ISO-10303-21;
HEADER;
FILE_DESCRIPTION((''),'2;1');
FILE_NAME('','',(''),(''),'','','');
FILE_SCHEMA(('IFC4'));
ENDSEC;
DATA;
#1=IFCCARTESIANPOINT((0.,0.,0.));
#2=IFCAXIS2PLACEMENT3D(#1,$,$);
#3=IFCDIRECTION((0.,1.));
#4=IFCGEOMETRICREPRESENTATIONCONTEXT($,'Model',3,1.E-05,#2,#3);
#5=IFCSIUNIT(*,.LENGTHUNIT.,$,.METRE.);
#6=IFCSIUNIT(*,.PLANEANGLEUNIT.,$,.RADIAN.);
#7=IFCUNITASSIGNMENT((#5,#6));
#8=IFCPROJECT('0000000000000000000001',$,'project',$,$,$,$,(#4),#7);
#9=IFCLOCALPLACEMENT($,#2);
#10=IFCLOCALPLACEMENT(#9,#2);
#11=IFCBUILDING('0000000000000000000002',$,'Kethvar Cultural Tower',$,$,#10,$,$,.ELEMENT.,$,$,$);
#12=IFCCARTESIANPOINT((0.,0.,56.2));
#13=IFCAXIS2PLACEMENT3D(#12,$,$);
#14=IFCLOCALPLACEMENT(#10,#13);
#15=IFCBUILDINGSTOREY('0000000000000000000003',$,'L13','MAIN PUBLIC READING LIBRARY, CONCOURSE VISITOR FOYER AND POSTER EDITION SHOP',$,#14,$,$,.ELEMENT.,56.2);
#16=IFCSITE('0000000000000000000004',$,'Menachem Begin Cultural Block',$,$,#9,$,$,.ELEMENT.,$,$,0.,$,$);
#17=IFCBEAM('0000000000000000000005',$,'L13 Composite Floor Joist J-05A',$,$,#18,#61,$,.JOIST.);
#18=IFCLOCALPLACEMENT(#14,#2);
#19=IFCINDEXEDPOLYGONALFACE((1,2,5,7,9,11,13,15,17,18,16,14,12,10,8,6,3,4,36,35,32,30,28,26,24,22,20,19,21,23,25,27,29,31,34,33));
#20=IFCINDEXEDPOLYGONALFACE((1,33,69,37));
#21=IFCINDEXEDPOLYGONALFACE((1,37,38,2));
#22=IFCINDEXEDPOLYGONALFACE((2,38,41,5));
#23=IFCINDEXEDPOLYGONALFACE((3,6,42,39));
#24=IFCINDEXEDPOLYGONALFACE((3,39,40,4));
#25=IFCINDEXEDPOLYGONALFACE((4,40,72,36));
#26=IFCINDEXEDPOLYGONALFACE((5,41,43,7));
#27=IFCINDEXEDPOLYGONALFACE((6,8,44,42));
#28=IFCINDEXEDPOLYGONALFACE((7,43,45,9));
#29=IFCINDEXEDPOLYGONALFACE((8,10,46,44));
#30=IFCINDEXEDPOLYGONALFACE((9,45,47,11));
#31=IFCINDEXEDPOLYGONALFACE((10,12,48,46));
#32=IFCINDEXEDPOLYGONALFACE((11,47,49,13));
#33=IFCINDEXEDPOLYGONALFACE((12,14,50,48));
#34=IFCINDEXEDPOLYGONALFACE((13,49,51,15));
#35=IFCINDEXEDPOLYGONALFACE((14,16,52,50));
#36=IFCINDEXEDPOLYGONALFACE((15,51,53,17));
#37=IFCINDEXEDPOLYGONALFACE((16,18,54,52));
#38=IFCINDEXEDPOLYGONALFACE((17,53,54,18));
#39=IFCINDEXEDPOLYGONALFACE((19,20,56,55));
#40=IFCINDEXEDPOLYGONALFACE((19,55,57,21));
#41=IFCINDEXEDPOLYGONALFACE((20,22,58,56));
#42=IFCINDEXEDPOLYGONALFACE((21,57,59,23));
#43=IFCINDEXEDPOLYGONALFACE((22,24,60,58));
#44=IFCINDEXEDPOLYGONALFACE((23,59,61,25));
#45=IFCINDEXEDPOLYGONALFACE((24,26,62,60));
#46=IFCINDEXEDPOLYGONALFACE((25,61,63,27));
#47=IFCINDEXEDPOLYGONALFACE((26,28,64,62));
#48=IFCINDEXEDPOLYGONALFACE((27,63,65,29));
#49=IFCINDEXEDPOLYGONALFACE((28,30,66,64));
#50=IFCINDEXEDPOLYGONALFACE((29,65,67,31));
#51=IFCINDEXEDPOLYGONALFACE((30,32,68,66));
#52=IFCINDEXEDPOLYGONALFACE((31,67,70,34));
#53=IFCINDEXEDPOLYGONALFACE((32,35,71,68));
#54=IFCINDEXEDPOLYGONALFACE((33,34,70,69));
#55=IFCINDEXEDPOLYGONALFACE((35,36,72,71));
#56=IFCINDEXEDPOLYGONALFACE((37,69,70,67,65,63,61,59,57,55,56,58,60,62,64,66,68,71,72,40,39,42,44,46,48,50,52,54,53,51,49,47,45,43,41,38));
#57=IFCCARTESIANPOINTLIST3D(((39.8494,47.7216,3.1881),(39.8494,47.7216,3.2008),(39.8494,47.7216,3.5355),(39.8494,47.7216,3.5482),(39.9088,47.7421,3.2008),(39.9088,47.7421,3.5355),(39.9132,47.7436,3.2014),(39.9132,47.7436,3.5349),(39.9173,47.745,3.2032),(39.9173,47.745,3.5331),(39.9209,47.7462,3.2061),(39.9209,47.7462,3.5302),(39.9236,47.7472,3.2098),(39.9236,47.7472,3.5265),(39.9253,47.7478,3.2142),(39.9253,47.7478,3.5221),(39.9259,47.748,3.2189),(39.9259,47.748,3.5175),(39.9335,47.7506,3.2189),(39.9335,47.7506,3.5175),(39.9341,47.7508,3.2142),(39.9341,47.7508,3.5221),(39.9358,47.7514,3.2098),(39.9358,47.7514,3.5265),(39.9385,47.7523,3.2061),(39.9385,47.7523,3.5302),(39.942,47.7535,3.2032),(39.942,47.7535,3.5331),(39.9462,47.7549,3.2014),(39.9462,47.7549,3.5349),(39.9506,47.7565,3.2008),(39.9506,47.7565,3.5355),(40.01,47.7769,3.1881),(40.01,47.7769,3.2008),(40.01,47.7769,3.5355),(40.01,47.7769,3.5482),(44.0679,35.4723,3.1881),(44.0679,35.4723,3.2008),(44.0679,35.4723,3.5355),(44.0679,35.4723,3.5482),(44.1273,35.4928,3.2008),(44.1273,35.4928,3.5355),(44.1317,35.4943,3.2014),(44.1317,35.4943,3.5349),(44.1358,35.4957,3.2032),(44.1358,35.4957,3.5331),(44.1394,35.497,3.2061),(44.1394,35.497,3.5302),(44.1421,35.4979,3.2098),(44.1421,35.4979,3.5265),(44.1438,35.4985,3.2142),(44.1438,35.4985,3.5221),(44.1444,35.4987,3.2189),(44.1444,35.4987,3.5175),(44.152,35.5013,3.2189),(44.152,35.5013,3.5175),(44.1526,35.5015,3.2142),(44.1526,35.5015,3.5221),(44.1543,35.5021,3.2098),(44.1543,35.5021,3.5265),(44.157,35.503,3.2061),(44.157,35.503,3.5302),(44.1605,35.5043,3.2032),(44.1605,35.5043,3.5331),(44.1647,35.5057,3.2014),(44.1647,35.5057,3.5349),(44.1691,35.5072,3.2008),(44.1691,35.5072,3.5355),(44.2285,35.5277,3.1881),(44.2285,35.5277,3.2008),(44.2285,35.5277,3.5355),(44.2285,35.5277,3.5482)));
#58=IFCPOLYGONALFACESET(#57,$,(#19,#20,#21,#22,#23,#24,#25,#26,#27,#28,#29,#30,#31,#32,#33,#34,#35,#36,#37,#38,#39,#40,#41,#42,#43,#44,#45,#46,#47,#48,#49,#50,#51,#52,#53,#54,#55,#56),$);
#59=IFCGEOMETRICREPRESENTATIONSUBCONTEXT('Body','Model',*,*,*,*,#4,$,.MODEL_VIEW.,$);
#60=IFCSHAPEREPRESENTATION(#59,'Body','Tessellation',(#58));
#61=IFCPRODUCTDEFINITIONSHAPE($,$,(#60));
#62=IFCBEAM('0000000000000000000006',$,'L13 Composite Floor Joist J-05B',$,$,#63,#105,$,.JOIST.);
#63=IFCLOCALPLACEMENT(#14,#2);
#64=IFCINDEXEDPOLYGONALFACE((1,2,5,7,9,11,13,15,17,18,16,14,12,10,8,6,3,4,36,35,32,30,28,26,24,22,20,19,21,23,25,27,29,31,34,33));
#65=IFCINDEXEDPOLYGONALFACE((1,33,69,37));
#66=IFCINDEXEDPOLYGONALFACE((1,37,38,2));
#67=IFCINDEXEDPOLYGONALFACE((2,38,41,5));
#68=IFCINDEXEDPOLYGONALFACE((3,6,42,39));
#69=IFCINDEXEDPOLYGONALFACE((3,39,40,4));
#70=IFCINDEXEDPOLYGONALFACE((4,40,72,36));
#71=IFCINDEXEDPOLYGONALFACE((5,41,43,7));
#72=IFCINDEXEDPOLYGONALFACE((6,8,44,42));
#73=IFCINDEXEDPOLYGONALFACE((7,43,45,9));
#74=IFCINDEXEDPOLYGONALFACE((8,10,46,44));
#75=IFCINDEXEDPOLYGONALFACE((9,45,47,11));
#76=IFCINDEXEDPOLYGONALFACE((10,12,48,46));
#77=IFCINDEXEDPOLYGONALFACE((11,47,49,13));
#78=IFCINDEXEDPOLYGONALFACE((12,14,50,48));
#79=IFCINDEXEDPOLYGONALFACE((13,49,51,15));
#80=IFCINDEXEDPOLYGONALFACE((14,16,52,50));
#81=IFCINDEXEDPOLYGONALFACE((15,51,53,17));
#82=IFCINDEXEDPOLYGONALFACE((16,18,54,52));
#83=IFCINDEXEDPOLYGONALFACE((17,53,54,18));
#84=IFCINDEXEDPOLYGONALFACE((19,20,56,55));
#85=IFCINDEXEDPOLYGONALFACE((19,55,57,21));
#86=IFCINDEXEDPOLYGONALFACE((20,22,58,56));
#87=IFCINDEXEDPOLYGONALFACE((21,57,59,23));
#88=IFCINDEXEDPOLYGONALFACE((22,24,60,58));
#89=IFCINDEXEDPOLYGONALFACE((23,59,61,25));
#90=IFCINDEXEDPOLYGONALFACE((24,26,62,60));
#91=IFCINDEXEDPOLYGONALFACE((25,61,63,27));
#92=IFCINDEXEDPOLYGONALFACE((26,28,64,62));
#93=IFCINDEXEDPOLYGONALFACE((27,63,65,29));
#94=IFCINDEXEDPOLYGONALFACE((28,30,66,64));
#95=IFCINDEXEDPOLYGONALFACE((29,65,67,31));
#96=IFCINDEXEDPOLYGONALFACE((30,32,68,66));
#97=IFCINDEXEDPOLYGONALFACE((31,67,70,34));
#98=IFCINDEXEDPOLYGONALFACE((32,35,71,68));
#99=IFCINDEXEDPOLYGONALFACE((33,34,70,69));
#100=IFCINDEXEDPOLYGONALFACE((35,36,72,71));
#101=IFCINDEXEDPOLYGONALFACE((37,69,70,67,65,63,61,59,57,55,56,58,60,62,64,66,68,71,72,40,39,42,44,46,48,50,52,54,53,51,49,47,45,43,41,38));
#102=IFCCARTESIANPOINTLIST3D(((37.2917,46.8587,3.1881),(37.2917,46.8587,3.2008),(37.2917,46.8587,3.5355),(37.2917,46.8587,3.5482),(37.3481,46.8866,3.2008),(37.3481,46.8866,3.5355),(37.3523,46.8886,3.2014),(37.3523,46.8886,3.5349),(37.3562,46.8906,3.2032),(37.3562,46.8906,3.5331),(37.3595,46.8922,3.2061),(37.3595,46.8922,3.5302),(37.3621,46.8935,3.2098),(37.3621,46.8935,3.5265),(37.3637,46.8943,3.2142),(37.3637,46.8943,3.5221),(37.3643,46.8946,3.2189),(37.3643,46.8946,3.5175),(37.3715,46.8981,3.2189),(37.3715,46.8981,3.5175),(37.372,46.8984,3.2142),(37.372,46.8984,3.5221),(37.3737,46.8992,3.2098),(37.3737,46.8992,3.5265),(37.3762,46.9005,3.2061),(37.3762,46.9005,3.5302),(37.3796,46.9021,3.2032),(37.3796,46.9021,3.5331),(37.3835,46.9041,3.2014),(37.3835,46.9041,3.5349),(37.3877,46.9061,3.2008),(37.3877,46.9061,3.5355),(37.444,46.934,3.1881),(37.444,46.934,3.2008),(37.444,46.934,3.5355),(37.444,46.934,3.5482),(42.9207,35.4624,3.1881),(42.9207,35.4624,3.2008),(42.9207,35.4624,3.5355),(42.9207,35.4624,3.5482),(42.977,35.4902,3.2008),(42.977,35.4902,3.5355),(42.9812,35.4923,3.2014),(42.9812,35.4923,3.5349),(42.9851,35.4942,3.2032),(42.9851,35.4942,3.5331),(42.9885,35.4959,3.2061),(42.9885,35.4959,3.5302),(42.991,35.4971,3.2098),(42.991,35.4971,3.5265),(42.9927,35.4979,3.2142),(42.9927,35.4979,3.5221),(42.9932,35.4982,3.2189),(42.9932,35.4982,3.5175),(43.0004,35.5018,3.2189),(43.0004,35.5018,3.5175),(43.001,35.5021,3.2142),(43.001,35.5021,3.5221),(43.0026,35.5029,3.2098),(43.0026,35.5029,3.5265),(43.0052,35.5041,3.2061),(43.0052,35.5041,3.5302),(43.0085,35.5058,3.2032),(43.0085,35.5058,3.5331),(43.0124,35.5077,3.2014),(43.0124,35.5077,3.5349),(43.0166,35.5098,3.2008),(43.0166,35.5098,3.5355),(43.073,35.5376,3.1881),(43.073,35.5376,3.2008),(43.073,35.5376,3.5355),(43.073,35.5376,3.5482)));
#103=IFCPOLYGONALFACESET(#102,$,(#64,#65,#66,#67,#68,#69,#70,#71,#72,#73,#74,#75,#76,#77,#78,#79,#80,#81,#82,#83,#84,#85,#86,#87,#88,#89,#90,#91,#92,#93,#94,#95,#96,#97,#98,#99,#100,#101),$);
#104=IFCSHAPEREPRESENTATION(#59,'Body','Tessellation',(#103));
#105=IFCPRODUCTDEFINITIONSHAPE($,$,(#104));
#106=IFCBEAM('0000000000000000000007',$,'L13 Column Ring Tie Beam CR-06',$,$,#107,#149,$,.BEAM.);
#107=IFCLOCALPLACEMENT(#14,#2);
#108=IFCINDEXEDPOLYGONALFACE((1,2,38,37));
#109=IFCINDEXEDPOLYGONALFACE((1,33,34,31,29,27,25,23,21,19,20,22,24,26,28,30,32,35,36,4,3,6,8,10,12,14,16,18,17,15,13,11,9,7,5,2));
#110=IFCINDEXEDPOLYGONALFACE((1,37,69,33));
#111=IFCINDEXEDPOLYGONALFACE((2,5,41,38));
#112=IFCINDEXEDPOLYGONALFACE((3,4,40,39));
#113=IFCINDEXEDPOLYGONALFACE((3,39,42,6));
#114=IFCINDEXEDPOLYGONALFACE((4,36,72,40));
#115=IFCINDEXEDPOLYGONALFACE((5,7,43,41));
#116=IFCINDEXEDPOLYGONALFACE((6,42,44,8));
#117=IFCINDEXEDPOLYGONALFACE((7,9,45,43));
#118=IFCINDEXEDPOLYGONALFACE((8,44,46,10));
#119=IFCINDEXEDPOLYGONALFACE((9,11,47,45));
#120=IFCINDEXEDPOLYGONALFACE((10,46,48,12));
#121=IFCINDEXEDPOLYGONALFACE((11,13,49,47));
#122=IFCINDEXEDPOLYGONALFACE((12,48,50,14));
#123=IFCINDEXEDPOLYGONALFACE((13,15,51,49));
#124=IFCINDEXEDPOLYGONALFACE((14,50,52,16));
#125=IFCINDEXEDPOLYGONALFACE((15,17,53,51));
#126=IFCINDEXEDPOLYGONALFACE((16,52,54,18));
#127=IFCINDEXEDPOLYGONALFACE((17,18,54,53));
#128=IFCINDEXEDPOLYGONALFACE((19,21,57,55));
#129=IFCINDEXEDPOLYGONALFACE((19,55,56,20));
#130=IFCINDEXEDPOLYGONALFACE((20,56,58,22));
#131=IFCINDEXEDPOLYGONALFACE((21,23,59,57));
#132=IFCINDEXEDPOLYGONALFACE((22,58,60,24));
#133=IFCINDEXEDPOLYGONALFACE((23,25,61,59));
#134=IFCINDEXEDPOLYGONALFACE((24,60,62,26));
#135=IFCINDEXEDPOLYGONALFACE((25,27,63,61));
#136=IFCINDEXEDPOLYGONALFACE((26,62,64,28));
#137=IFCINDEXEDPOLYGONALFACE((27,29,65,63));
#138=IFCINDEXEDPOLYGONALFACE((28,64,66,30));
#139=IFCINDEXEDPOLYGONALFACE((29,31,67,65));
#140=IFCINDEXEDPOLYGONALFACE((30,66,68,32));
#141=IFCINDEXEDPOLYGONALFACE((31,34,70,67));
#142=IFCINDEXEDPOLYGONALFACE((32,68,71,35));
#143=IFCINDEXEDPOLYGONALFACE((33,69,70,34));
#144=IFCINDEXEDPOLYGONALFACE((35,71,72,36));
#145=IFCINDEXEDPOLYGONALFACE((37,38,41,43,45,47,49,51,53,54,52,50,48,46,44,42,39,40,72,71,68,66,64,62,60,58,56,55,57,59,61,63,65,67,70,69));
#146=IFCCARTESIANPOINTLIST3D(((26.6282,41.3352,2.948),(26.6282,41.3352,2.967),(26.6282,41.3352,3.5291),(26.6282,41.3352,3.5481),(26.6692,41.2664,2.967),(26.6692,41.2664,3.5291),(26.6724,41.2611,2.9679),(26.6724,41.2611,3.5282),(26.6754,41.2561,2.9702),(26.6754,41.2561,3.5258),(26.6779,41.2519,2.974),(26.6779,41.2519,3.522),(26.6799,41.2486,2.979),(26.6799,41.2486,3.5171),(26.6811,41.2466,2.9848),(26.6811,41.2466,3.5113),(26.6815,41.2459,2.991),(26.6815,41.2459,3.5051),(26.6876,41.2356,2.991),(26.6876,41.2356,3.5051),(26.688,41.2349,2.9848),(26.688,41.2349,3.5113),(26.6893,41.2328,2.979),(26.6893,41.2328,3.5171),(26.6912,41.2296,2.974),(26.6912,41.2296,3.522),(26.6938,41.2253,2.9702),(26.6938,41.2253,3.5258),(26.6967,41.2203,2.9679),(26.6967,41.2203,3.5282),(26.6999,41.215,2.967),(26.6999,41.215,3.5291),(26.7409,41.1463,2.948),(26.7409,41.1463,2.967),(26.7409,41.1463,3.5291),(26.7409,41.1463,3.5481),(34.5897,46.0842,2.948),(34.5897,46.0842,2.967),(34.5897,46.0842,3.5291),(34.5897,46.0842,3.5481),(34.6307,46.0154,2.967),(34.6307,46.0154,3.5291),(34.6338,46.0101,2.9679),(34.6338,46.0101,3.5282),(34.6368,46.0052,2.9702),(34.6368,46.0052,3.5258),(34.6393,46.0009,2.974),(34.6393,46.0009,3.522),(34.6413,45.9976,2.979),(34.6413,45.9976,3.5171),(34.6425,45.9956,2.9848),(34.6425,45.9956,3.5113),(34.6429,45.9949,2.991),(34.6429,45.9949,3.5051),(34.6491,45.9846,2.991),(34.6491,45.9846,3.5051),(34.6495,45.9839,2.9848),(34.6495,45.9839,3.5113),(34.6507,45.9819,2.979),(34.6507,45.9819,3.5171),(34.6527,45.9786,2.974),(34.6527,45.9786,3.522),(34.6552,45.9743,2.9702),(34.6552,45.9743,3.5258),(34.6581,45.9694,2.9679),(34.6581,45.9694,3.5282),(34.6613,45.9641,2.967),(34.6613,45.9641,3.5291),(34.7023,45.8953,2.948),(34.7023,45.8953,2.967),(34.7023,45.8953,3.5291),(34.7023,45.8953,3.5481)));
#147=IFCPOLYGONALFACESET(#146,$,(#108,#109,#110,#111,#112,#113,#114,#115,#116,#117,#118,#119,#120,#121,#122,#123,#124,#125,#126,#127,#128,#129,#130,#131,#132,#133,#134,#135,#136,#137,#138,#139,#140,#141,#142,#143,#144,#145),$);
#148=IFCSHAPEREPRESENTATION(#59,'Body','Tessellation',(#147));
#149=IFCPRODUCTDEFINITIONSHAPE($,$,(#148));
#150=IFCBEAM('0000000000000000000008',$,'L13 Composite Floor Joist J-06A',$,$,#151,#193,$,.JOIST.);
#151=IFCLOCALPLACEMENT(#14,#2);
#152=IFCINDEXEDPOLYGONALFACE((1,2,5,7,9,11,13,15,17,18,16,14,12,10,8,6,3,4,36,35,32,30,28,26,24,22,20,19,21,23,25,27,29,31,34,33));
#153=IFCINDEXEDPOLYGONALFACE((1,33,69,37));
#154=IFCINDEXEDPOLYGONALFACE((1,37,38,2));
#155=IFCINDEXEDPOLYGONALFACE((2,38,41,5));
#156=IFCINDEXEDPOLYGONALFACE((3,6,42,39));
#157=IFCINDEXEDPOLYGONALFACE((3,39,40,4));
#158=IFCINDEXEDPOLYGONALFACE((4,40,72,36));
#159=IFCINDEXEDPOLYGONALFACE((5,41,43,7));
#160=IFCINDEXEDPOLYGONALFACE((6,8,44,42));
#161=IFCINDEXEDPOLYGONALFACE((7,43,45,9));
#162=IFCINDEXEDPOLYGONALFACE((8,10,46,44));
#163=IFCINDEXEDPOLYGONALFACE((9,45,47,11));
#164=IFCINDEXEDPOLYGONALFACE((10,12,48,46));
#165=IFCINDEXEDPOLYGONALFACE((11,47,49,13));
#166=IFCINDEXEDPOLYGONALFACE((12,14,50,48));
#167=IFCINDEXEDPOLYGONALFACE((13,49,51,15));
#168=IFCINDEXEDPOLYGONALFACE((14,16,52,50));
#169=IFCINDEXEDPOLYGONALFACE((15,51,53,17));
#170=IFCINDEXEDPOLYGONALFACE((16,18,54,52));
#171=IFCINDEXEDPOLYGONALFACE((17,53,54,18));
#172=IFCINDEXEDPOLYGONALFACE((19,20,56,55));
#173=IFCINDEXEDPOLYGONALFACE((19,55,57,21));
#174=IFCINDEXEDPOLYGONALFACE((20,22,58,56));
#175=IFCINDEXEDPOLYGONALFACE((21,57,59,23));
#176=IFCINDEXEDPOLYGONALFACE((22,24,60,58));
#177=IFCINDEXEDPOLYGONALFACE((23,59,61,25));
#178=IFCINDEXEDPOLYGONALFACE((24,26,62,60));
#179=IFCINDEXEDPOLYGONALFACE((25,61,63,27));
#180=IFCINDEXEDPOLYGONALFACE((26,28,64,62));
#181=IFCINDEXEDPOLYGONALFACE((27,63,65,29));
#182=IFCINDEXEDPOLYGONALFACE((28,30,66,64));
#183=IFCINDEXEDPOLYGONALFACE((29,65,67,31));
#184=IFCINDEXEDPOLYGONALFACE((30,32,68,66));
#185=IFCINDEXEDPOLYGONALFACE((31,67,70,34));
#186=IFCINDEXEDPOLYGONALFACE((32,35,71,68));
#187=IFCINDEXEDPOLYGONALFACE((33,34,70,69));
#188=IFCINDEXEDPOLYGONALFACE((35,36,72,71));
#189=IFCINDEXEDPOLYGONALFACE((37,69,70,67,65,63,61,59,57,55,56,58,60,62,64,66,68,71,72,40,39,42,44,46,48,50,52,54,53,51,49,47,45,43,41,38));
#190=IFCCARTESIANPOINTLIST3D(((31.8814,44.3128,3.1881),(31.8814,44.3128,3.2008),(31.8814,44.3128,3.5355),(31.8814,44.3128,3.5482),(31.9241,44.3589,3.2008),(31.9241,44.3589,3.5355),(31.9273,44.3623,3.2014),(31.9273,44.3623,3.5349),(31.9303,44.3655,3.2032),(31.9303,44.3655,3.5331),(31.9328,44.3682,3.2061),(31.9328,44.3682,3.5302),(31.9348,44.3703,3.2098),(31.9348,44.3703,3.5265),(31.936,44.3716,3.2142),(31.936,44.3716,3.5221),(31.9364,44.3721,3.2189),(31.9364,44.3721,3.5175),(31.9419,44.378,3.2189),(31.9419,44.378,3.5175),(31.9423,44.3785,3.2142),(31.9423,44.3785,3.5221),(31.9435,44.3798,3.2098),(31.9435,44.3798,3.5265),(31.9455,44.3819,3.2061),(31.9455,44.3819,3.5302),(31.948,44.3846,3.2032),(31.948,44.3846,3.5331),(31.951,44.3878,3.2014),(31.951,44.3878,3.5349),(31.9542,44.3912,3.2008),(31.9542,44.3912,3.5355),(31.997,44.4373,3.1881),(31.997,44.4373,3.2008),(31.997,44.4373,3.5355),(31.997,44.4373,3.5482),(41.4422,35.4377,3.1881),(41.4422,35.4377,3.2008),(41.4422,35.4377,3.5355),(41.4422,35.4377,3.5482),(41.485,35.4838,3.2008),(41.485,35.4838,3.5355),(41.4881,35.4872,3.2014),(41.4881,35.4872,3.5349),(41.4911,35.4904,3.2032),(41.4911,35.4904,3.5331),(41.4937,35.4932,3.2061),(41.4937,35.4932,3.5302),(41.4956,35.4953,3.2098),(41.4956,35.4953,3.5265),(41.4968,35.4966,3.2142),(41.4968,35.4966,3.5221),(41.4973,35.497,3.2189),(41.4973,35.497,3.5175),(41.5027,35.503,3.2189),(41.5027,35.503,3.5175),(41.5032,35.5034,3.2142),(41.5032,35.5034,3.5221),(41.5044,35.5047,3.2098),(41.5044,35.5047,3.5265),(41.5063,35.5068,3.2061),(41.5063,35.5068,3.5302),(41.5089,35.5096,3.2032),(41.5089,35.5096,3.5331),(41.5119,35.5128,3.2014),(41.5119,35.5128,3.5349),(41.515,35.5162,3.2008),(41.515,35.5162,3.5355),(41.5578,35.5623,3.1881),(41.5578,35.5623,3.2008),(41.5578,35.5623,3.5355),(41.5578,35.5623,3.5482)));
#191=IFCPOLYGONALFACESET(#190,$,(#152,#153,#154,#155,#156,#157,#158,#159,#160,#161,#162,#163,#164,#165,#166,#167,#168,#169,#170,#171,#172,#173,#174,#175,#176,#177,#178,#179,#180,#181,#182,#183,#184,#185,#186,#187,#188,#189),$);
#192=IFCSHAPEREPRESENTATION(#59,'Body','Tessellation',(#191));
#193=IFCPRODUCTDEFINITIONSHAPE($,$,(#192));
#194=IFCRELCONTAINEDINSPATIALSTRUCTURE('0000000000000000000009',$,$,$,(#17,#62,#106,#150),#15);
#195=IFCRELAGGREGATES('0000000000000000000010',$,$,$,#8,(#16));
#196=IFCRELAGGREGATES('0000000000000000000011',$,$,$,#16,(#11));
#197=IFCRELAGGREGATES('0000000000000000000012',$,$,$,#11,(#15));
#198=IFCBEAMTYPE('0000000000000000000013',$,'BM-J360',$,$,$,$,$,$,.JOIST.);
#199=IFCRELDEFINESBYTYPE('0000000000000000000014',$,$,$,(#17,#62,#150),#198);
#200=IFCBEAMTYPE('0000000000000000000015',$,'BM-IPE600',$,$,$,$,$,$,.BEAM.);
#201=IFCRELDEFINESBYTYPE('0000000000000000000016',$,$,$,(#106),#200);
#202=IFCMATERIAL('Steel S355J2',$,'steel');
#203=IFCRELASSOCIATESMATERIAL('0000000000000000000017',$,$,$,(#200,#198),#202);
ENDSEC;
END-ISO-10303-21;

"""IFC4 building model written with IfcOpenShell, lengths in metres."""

from ifc_helpers import new_model, si_unit, direction, frame, origin, origin_2d, place, context, subcontext, project, spatial, i_section, extrude, source, transform, mapped, material, material_profile, profile_set, type_object, element, save


model = new_model("IFC4")

# Units and contexts
model_context = context("Model", 3, precision=1e-05, world=origin(), true_north=direction((0.0, 1.0)))
body_context = subcontext(model_context, "Body", "Model", "MODEL_VIEW")
ifc_project = project(units=[si_unit("LENGTHUNIT", "METRE"), si_unit("PLANEANGLEUNIT", "RADIAN")], contexts=[model_context])

# Site, building, storey
site_placement = place(None, origin())
site = spatial("IfcSite", under=ifc_project, at=site_placement, Name="Menachem Begin Cultural Block", CompositionType="ELEMENT", RefElevation=0.0)
building_placement = place(site_placement, origin())
building = spatial("IfcBuilding", under=site, at=building_placement, Name="Kethvar Cultural Tower", CompositionType="ELEMENT")
storey_placement = place(building_placement, frame((0.0, 0.0, 56.2)))
storey = spatial("IfcBuildingStorey", under=building, at=storey_placement, Name="L13", Description="MAIN PUBLIC READING LIBRARY, CONCOURSE VISITOR FOYER AND POSTER EDITION SHOP", CompositionType="ELEMENT", Elevation=56.2)

# Beams
ifc_material_1 = material(Name="Steel S355J2", Category="steel")
ifc_material_profile_1 = material_profile(ifc_material_1, i_section(OverallWidth=0.22, OverallDepth=0.6001, WebThickness=0.012, FlangeThickness=0.019, FilletRadius=0.0239, at=origin_2d()), Name="Steel S355J2 — IPE600")
ifc_profile_set_1 = profile_set([ifc_material_profile_1], Name="Steel S355J2 — IPE600")
beam_type_1 = type_object("IfcBeamType", Name="BM-IPE600", PredefinedType="BEAM", material=ifc_profile_set_1)
ifc_material_profile_2 = material_profile(ifc_material_1, i_section(OverallWidth=0.1699, OverallDepth=0.3601, WebThickness=0.0081, FlangeThickness=0.0127, FilletRadius=0.0181, at=origin_2d()), Name="Steel S355J2 — IPE360")
ifc_profile_set_2 = profile_set([ifc_material_profile_2], Name="Steel S355J2 — IPE360")
beam_type_2 = type_object("IfcBeamType", Name="BM-J360", PredefinedType="JOIST", material=ifc_profile_set_2)
shared_shape_1 = source(origin(), body_context, "Body", "SweptSolid", [
    extrude(i_section(OverallWidth=0.1699, OverallDepth=0.3601, WebThickness=0.0081, FlangeThickness=0.0127, FilletRadius=0.0181, at=origin_2d()), origin(), (0.0, 0.0, 1.0), 12.9553),
])
beam_1_placement = place(storey_placement, frame((44.1482, 35.5, 3.3682), z_axis=(-0.32562, 0.945501, 0.0), x_axis=(-0.945501, -0.32562, 0.0)))
element("IfcBeam", 1, at=beam_1_placement, inside=storey, type_object=beam_type_2, Name="L13 Composite Floor Joist J-05A", PredefinedType="JOIST", context=body_context, shape_type="MappedRepresentation", body=[
    mapped(shared_shape_1, transform((0.0, 0.0, 0.0), scale=1.0)),
])
shared_shape_2 = source(origin(), body_context, "Body", "SweptSolid", [
    extrude(i_section(OverallWidth=0.1699, OverallDepth=0.3601, WebThickness=0.0081, FlangeThickness=0.0127, FilletRadius=0.0181, at=origin_2d()), origin(), (0.0, 0.0, 1.0), 12.7107),
])
beam_2_placement = place(storey_placement, frame((42.9968, 35.5, 3.3682), z_axis=(-0.442852, 0.896595, 0.0), x_axis=(-0.896595, -0.442852, 0.0)))
element("IfcBeam", 2, at=beam_2_placement, inside=storey, type_object=beam_type_2, Name="L13 Composite Floor Joist J-05B", PredefinedType="JOIST", context=body_context, shape_type="MappedRepresentation", body=[
    mapped(shared_shape_2, transform((0.0, 0.0, 0.0), scale=1.0)),
])
shared_shape_3 = source(origin(), body_context, "Body", "SweptSolid", [
    extrude(i_section(OverallWidth=0.22, OverallDepth=0.6001, WebThickness=0.012, FlangeThickness=0.019, FilletRadius=0.0239, at=origin_2d()), origin(), (0.0, 0.0, 1.0), 9.2703),
])
beam_3_placement = place(storey_placement, frame((34.646, 45.9897, 3.248), z_axis=(-0.858815, -0.512286, 0.0), x_axis=(0.512286, -0.858815, 0.0)))
element("IfcBeam", 3, at=beam_3_placement, inside=storey, type_object=beam_type_1, Name="L13 Column Ring Tie Beam CR-06", PredefinedType="BEAM", context=body_context, shape_type="MappedRepresentation", body=[
    mapped(shared_shape_3, transform((0.0, 0.0, 0.0), scale=1.0)),
])
shared_shape_4 = source(origin(), body_context, "Body", "SweptSolid", [
    extrude(i_section(OverallWidth=0.1699, OverallDepth=0.3601, WebThickness=0.0081, FlangeThickness=0.0127, FilletRadius=0.0181, at=origin_2d()), origin(), (0.0, 0.0, 1.0), 13.0452),
])
beam_4_placement = place(storey_placement, frame((41.5, 35.5, 3.3682), z_axis=(-0.732903, 0.680333, 0.0), x_axis=(-0.680333, -0.732903, 0.0)))
element("IfcBeam", 4, at=beam_4_placement, inside=storey, type_object=beam_type_2, Name="L13 Composite Floor Joist J-06A", PredefinedType="JOIST", context=body_context, shape_type="MappedRepresentation", body=[
    mapped(shared_shape_4, transform((0.0, 0.0, 0.0), scale=1.0)),
])

save(model, "model.ifc")
